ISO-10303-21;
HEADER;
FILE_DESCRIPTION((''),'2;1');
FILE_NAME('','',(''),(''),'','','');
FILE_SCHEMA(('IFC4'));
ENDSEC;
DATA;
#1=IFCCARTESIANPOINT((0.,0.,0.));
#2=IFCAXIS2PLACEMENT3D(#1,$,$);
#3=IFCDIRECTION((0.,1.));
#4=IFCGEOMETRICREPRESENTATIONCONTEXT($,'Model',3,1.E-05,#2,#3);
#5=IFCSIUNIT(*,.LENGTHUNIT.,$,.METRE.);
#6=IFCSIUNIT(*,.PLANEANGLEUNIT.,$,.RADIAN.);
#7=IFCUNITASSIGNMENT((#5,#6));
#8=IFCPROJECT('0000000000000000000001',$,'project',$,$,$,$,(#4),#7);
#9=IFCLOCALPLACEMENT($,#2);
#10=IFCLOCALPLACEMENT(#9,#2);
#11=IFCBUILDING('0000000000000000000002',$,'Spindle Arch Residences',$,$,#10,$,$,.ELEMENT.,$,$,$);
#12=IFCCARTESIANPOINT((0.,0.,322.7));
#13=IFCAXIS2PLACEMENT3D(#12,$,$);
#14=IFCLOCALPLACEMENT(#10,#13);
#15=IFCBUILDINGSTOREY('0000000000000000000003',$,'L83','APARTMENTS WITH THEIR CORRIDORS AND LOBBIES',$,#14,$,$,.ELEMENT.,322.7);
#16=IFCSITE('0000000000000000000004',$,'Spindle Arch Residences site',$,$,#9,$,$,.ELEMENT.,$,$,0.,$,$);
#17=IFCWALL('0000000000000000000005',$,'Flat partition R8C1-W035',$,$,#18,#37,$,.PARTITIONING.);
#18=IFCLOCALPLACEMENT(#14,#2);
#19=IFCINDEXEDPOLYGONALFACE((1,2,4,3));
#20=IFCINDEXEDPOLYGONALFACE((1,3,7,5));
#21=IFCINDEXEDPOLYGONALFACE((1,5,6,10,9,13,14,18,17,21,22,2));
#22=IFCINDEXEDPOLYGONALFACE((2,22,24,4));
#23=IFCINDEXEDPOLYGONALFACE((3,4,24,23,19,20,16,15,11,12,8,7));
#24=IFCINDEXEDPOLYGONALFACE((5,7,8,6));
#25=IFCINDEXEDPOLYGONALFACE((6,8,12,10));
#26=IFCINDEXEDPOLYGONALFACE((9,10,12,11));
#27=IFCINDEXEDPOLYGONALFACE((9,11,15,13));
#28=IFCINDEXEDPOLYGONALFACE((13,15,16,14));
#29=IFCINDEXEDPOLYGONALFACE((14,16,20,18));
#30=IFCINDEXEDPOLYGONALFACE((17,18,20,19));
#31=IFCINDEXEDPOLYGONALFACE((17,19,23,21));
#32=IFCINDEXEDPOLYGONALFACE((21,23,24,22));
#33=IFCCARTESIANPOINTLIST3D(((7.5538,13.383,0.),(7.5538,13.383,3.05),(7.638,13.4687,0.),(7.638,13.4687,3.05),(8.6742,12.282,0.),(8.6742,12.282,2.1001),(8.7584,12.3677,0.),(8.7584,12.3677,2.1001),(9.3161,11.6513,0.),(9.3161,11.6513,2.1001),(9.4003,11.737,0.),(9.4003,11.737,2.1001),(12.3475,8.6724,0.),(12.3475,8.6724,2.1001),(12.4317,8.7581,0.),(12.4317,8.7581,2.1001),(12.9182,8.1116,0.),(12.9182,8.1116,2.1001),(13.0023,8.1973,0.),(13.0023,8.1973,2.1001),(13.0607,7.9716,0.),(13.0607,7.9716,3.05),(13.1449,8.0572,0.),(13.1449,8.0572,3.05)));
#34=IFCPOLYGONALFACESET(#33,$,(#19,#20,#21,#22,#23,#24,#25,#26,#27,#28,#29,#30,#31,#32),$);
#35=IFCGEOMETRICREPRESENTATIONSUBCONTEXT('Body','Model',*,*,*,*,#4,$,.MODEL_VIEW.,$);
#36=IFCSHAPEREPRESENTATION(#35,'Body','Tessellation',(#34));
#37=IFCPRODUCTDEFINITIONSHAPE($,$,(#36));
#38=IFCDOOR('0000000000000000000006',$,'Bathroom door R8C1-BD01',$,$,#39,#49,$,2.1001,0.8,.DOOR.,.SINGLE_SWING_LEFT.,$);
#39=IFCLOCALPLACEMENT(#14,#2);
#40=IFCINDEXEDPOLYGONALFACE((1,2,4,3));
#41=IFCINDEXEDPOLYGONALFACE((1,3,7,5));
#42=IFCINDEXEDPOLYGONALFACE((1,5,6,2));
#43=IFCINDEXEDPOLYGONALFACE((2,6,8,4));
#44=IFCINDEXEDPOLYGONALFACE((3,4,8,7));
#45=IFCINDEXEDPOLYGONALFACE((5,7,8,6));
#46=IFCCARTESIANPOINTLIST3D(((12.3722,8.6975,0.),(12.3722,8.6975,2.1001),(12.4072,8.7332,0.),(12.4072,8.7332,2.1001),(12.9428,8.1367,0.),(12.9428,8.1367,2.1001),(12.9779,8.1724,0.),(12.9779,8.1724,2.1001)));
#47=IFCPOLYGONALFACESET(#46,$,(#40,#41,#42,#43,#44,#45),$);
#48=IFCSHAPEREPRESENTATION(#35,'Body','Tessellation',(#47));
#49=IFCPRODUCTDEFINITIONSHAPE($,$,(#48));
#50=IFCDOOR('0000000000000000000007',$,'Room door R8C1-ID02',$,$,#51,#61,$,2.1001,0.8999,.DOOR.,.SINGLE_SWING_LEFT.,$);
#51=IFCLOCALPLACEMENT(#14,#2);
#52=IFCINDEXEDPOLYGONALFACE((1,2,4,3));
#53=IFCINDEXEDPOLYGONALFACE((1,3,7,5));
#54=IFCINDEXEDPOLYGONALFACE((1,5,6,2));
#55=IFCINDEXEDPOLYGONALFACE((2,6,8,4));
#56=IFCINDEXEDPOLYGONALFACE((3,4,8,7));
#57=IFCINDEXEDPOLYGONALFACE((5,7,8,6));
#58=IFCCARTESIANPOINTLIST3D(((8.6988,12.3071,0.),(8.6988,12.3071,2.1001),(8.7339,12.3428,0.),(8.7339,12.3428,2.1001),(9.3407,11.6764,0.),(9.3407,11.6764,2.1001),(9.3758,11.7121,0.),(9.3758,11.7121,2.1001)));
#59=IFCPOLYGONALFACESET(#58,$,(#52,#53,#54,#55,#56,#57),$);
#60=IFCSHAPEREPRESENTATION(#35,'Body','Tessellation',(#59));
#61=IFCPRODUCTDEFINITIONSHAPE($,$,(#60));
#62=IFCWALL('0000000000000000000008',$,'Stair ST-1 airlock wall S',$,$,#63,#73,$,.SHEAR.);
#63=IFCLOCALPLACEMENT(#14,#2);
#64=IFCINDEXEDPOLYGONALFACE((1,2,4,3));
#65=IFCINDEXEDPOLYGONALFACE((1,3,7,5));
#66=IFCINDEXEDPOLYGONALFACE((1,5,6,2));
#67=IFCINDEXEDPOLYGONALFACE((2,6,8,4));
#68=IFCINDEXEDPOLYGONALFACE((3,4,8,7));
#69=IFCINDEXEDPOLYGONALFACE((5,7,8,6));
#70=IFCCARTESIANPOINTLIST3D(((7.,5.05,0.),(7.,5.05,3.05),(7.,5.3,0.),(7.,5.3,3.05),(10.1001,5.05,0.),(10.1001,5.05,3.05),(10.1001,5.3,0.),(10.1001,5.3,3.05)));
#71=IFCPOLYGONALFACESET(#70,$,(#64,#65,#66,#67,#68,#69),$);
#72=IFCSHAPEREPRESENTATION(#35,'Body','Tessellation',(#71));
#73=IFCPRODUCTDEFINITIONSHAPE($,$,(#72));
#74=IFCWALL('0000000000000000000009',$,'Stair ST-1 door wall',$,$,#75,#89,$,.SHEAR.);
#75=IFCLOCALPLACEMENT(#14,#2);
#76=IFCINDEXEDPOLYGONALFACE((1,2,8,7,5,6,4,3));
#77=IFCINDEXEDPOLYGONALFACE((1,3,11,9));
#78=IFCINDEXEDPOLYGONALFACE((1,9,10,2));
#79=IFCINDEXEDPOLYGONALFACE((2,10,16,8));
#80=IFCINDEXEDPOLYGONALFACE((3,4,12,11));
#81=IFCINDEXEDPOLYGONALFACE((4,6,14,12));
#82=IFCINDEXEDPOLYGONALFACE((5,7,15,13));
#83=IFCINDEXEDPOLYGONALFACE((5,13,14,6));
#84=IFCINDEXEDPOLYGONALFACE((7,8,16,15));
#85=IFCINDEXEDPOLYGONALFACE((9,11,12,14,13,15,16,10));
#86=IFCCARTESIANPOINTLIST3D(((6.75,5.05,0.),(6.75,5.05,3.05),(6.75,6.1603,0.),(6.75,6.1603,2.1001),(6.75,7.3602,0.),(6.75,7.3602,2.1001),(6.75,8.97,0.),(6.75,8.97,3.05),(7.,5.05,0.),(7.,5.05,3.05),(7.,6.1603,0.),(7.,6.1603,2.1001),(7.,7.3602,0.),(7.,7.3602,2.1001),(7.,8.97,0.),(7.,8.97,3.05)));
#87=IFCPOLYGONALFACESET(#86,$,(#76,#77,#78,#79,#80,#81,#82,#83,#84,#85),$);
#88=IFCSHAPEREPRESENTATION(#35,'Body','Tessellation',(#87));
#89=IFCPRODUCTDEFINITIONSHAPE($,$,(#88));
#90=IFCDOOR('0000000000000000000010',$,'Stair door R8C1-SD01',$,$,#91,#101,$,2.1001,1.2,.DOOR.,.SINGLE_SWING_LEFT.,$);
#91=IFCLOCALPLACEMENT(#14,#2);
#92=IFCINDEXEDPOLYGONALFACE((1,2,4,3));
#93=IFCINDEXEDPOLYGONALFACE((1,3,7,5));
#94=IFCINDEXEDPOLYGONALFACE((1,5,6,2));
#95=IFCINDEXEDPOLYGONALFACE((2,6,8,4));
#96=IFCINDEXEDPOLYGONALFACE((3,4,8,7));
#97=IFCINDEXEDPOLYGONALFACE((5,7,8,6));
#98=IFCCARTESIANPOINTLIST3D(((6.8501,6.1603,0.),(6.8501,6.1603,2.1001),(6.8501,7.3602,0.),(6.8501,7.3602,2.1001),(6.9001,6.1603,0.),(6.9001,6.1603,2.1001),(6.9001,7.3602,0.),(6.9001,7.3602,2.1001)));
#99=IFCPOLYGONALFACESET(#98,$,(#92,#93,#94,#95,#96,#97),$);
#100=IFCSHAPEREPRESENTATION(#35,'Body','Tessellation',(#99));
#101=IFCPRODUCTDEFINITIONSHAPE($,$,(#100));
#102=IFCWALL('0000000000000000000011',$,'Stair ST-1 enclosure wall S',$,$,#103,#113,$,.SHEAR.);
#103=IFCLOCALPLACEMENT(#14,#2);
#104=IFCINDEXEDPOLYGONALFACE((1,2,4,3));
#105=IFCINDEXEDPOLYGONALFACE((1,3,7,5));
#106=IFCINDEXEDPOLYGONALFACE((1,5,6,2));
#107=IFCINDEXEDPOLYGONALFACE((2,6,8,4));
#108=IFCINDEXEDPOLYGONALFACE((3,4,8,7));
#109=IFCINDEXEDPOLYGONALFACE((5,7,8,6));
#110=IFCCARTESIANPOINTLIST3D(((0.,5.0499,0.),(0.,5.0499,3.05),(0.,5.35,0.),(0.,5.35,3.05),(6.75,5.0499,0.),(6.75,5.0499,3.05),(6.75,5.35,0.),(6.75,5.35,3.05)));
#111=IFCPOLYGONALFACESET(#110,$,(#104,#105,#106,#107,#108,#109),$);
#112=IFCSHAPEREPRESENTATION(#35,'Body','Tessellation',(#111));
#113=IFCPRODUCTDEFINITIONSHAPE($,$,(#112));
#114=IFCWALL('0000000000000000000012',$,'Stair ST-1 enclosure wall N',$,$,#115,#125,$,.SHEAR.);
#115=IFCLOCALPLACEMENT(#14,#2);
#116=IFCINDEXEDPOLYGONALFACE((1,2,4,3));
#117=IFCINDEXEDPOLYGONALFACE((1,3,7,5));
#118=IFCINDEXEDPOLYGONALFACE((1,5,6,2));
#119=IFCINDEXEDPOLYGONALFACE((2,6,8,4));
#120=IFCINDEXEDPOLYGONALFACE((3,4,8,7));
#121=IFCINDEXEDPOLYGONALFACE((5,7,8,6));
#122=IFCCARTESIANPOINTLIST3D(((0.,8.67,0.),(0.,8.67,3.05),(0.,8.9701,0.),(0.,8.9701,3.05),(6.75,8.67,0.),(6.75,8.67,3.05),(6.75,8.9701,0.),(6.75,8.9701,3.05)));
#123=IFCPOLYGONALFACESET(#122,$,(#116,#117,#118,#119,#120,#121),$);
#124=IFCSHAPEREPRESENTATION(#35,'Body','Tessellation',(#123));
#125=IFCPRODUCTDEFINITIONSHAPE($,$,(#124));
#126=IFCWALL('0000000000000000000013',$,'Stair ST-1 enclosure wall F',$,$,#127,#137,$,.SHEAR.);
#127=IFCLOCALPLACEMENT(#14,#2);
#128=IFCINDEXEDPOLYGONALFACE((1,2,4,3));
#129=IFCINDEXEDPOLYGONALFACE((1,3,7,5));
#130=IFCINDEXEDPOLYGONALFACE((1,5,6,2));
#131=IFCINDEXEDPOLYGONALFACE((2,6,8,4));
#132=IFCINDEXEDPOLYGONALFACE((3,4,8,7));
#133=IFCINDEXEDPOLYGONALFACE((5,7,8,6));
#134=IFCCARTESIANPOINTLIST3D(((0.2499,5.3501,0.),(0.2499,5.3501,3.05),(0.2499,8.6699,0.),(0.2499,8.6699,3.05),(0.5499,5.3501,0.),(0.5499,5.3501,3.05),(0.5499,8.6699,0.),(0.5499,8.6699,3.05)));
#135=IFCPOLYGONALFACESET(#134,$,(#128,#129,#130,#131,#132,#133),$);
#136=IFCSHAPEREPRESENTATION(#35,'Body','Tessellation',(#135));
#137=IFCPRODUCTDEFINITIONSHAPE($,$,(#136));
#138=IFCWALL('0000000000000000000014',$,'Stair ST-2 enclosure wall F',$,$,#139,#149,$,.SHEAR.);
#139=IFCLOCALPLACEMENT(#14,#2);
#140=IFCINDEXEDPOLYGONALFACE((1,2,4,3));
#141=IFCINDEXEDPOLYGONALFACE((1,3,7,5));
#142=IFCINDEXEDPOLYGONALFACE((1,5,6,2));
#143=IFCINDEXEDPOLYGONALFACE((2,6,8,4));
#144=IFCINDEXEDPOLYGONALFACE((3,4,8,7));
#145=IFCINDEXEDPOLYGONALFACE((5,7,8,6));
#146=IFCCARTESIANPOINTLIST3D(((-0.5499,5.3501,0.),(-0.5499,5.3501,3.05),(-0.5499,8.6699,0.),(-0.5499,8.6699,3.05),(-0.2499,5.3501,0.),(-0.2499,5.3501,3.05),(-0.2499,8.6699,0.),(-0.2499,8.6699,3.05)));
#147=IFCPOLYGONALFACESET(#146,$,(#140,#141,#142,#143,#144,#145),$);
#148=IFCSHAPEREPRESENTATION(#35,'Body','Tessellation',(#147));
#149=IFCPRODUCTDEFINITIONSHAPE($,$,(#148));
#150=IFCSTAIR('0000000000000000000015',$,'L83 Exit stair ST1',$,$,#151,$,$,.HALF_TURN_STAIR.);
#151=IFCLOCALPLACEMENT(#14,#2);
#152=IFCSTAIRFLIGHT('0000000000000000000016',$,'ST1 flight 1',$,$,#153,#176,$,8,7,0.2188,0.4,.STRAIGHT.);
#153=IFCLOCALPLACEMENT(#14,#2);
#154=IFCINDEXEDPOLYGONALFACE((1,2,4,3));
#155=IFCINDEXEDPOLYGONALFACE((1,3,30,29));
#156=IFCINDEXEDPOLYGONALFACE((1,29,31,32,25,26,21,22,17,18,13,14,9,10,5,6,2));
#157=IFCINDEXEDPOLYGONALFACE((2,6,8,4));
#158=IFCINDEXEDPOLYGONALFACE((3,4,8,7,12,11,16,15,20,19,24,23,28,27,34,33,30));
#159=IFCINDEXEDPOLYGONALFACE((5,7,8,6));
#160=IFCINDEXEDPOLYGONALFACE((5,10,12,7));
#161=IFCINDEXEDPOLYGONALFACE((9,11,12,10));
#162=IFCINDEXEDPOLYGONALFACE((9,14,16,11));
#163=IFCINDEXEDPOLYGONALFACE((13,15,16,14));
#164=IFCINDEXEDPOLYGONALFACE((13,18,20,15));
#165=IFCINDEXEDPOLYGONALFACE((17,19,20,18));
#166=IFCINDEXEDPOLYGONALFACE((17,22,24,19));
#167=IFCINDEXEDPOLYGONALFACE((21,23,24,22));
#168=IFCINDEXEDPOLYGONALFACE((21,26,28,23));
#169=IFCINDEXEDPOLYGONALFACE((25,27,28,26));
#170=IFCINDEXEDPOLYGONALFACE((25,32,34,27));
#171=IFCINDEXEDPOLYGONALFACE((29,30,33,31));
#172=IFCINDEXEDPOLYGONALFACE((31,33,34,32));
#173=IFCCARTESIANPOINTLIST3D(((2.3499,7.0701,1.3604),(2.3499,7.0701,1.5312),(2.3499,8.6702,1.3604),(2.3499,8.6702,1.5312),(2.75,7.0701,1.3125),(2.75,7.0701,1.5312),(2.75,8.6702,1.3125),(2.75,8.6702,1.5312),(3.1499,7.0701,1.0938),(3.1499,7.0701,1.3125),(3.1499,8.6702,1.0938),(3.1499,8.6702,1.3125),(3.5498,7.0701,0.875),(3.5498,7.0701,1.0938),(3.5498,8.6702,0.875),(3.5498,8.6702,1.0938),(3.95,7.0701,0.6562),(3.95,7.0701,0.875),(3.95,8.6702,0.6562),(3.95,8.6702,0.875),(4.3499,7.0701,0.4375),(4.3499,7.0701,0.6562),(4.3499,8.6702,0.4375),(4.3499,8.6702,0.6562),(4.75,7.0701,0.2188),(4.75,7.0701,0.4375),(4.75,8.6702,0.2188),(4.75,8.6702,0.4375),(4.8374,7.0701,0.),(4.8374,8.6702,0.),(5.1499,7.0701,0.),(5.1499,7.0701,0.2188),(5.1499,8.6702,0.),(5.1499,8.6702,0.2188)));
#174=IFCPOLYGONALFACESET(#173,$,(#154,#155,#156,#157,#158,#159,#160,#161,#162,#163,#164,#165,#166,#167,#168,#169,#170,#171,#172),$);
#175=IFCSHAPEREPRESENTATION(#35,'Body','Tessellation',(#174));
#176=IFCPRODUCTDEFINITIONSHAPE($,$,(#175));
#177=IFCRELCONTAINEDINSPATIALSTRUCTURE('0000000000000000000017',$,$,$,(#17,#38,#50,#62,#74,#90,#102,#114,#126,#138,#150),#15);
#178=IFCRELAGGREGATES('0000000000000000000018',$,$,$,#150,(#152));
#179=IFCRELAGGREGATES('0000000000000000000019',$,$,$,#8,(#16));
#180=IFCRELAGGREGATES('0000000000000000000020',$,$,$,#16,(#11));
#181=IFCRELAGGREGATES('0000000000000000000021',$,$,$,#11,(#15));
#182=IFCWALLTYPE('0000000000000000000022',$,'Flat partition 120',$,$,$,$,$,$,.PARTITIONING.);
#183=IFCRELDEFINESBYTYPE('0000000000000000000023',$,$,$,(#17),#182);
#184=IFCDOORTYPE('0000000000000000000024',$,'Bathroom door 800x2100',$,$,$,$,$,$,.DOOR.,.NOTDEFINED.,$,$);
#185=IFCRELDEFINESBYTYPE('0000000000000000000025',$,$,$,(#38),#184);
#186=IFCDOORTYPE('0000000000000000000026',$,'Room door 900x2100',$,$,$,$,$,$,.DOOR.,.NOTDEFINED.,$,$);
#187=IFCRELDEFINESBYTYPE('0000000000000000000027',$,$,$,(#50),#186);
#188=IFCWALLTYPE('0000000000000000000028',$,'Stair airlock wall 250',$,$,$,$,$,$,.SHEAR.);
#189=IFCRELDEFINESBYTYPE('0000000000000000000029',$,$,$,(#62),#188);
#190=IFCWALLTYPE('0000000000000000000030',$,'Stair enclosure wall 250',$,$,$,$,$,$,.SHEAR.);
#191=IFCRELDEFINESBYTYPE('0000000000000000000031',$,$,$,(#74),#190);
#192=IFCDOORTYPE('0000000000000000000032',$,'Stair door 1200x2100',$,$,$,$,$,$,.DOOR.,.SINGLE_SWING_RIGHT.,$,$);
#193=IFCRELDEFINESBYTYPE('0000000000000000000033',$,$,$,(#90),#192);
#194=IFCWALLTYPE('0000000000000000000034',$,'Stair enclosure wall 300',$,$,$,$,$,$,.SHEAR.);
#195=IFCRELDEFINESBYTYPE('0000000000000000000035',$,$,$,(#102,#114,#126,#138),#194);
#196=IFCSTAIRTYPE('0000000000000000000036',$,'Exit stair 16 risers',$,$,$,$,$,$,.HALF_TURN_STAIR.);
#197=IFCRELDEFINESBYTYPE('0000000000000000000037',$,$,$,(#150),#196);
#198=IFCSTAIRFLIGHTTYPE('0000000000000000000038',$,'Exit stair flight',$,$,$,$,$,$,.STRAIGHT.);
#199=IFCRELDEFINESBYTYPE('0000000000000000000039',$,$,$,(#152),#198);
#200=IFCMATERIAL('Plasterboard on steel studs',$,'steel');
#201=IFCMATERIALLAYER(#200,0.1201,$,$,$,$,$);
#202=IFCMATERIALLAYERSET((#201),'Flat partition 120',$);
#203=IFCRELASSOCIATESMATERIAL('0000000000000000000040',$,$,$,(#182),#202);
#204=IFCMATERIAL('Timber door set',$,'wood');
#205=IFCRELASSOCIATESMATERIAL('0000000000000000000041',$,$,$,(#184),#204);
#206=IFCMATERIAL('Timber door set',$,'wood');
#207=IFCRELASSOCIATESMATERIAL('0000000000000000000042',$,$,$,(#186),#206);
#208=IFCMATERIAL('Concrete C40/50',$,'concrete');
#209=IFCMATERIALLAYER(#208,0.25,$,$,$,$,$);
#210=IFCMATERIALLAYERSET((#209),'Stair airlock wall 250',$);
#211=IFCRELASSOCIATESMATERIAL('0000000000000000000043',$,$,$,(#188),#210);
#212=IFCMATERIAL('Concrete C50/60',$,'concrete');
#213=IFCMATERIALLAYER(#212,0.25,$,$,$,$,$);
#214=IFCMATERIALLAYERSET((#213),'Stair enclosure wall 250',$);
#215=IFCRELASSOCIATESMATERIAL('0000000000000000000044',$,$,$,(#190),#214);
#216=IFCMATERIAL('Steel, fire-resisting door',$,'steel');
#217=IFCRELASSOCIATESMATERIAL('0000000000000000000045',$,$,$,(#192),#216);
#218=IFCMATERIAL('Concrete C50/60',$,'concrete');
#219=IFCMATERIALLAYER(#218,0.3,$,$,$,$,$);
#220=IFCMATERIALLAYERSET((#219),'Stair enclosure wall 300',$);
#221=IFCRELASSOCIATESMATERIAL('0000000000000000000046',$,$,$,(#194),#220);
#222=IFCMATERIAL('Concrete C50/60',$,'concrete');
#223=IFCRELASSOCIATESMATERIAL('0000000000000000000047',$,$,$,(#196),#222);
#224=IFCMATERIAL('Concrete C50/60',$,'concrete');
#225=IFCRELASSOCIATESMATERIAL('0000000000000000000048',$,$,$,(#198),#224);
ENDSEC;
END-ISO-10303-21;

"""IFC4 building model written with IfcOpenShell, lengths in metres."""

from ifc_helpers import new_model, si_unit, direction, frame, frame_2d, origin, place, context, subcontext, project, spatial, polyline, rectangle, outline, extrude, material, layer, layer_set, type_object, element, fill, aggregate, save


model = new_model("IFC4")

# Units and contexts
model_context = context("Model", 3, precision=1e-05, world=origin(), true_north=direction((0.0, 1.0)))
body_context = subcontext(model_context, "Body", "Model", "MODEL_VIEW")
ifc_project = project(units=[si_unit("LENGTHUNIT", "METRE"), si_unit("PLANEANGLEUNIT", "RADIAN")], contexts=[model_context])

# Site, building, storey
site_placement = place(None, origin())
site = spatial("IfcSite", under=ifc_project, at=site_placement, Name="Spindle Arch Residences site", CompositionType="ELEMENT", RefElevation=0.0)
building_placement = place(site_placement, origin())
building = spatial("IfcBuilding", under=site, at=building_placement, Name="Spindle Arch Residences", CompositionType="ELEMENT")
storey_placement = place(building_placement, frame((0.0, 0.0, 322.7)))
storey = spatial("IfcBuildingStorey", under=building, at=storey_placement, Name="L83", Description="APARTMENTS WITH THEIR CORRIDORS AND LOBBIES", CompositionType="ELEMENT", Elevation=322.7)

# Shared definitions
ifc_material_1 = material(Name="Plasterboard on steel studs", Category="steel")
ifc_layer_1 = layer(ifc_material_1, 0.1201)
ifc_layer_set_1 = layer_set([ifc_layer_1], Name="Flat partition 120")
wall_type_1 = type_object("IfcWallType", Name="Flat partition 120", PredefinedType="PARTITIONING", material=ifc_layer_set_1)

# Wall, openings, doors
wall_1_placement = place(storey_placement, frame((13.1028, 8.0144, 0.0), z_axis=(0.0, 0.0, 1.0), x_axis=(-0.713262, 0.700898, 0.0)))
wall_1 = element("IfcWall", 1, at=wall_1_placement, inside=storey, type_object=wall_type_1, Name="Flat partition R8C1-W035", PredefinedType="PARTITIONING", context=body_context, shape_type="SweptSolid", body=[
    extrude(rectangle(XDim=7.7207, YDim=0.1201, at=frame_2d((3.8604, 0.0))), origin(), (0.0, 0.0, 1.0), 3.05),
])
opening_1_placement = place(wall_1_placement, frame((0.2, 0.0, 0.0)))
opening_1 = element("IfcOpeningElement", 2, at=opening_1_placement, cuts=wall_1, PredefinedType="OPENING", context=body_context, shape_type="SweptSolid", body=[
    extrude(rectangle(XDim=0.8, YDim=2.1001, at=frame_2d((0.3999, 1.05))), frame((0.0, 0.0701, 0.0), z_axis=(0.0, -1.0, 0.0), x_axis=(1.0, 0.0, 0.0)), (0.0, 0.0, 1.0), 0.1401),
])
opening_2_placement = place(wall_1_placement, frame((5.25, 0.0, 0.0)))
opening_2 = element("IfcOpeningElement", 3, at=opening_2_placement, cuts=wall_1, PredefinedType="OPENING", context=body_context, shape_type="SweptSolid", body=[
    extrude(rectangle(XDim=0.8999, YDim=2.1001, at=frame_2d((0.45, 1.05))), frame((0.0, 0.0701, 0.0), z_axis=(0.0, -1.0, 0.0), x_axis=(1.0, 0.0, 0.0)), (0.0, 0.0, 1.0), 0.1401),
])
ifc_material_2 = material(Name="Timber door set", Category="wood")
door_type_1 = type_object("IfcDoorType", Name="Bathroom door 800x2100", OperationType="NOTDEFINED", PredefinedType="DOOR", material=ifc_material_2)
door_1_placement = place(opening_1_placement, origin())
door_1 = element("IfcDoor", 4, at=door_1_placement, inside=storey, type_object=door_type_1, Name="Bathroom door R8C1-BD01", OperationType="SINGLE_SWING_LEFT", OverallHeight=2.1001, OverallWidth=0.8, PredefinedType="DOOR", context=body_context, shape_type="SweptSolid", body=[
    extrude(rectangle(XDim=0.8, YDim=2.1001, at=frame_2d((0.3999, 1.05))), frame((0.0, 0.0249, 0.0), z_axis=(0.0, -1.0, 0.0), x_axis=(1.0, 0.0, 0.0)), (0.0, 0.0, 1.0), 0.05),
])
fill(opening_1, door_1)
ifc_material_3 = material(Name="Timber door set", Category="wood")
door_type_2 = type_object("IfcDoorType", Name="Room door 900x2100", OperationType="NOTDEFINED", PredefinedType="DOOR", material=ifc_material_3)
door_2_placement = place(opening_2_placement, origin())
door_2 = element("IfcDoor", 5, at=door_2_placement, inside=storey, type_object=door_type_2, Name="Room door R8C1-ID02", OperationType="SINGLE_SWING_LEFT", OverallHeight=2.1001, OverallWidth=0.8999, PredefinedType="DOOR", context=body_context, shape_type="SweptSolid", body=[
    extrude(rectangle(XDim=0.8999, YDim=2.1001, at=frame_2d((0.45, 1.05))), frame((0.0, 0.0249, 0.0), z_axis=(0.0, -1.0, 0.0), x_axis=(1.0, 0.0, 0.0)), (0.0, 0.0, 1.0), 0.05),
])
fill(opening_2, door_2)

# Wall
ifc_material_4 = material(Name="Concrete C40/50", Category="concrete")
ifc_layer_2 = layer(ifc_material_4, 0.25)
ifc_layer_set_2 = layer_set([ifc_layer_2], Name="Stair airlock wall 250")
wall_type_2 = type_object("IfcWallType", Name="Stair airlock wall 250", PredefinedType="SHEAR", material=ifc_layer_set_2)
wall_2_placement = place(storey_placement, frame((7.0, 5.175, 0.0), z_axis=(0.0, 0.0, 1.0), x_axis=(1.0, 0.0, 0.0)))
element("IfcWall", 6, at=wall_2_placement, inside=storey, type_object=wall_type_2, Name="Stair ST-1 airlock wall S", PredefinedType="SHEAR", context=body_context, shape_type="SweptSolid", body=[
    extrude(rectangle(XDim=3.1001, YDim=0.25, at=frame_2d((1.55, 0.0))), origin(), (0.0, 0.0, 1.0), 3.05),
])

# Wall, opening, door
ifc_material_5 = material(Name="Concrete C50/60", Category="concrete")
ifc_layer_3 = layer(ifc_material_5, 0.25)
ifc_layer_set_3 = layer_set([ifc_layer_3], Name="Stair enclosure wall 250")
wall_type_3 = type_object("IfcWallType", Name="Stair enclosure wall 250", PredefinedType="SHEAR", material=ifc_layer_set_3)
wall_3_placement = place(storey_placement, frame((6.875, 5.05, 0.0), z_axis=(0.0, 0.0, 1.0), x_axis=(0.0, 1.0, 0.0)))
wall_3 = element("IfcWall", 7, at=wall_3_placement, inside=storey, type_object=wall_type_3, Name="Stair ST-1 door wall", PredefinedType="SHEAR", context=body_context, shape_type="SweptSolid", body=[
    extrude(rectangle(XDim=3.9199, YDim=0.25, at=frame_2d((1.96, 0.0))), origin(), (0.0, 0.0, 1.0), 3.05),
])
opening_3_placement = place(wall_3_placement, frame((1.1101, 0.0, 0.0)))
opening_3 = element("IfcOpeningElement", 8, at=opening_3_placement, cuts=wall_3, PredefinedType="OPENING", context=body_context, shape_type="SweptSolid", body=[
    extrude(rectangle(XDim=1.2, YDim=2.1001, at=frame_2d((0.6001, 1.05))), frame((0.0, 0.135, 0.0), z_axis=(0.0, -1.0, 0.0), x_axis=(1.0, 0.0, 0.0)), (0.0, 0.0, 1.0), 0.27),
])
ifc_material_6 = material(Name="Steel, fire-resisting door", Category="steel")
door_type_3 = type_object("IfcDoorType", Name="Stair door 1200x2100", OperationType="SINGLE_SWING_RIGHT", PredefinedType="DOOR", material=ifc_material_6)
door_3_placement = place(opening_3_placement, origin())
door_3 = element("IfcDoor", 9, at=door_3_placement, inside=storey, type_object=door_type_3, Name="Stair door R8C1-SD01", OperationType="SINGLE_SWING_LEFT", OverallHeight=2.1001, OverallWidth=1.2, PredefinedType="DOOR", context=body_context, shape_type="SweptSolid", body=[
    extrude(rectangle(XDim=1.2, YDim=2.1001, at=frame_2d((0.6001, 1.05))), frame((0.0, 0.0249, 0.0), z_axis=(0.0, -1.0, 0.0), x_axis=(1.0, 0.0, 0.0)), (0.0, 0.0, 1.0), 0.05),
])
fill(opening_3, door_3)

# Walls
ifc_material_7 = material(Name="Concrete C50/60", Category="concrete")
ifc_layer_4 = layer(ifc_material_7, 0.3)
ifc_layer_set_4 = layer_set([ifc_layer_4], Name="Stair enclosure wall 300")
wall_type_4 = type_object("IfcWallType", Name="Stair enclosure wall 300", PredefinedType="SHEAR", material=ifc_layer_set_4)
for number, where, z_axis, x_axis, name in (
    (10, (0.0, 5.2, 0.0), (0.0, 0.0, 1.0), (1.0, 0.0, 0.0), "Stair ST-1 enclosure wall S"),
    (11, (0.0, 8.8201, 0.0), (0.0, 0.0, 1.0), (1.0, 0.0, 0.0), "Stair ST-1 enclosure wall N"),
):
    element("IfcWall", number, at=place(storey_placement, frame(where, z_axis=z_axis, x_axis=x_axis)), inside=storey, type_object=wall_type_4, Name=name, PredefinedType="SHEAR", context=body_context, shape_type="SweptSolid", body=[
        extrude(rectangle(XDim=6.75, YDim=0.3, at=frame_2d((3.375, 0.0))), origin(), (0.0, 0.0, 1.0), 3.05),
    ])
for number, where, z_axis, x_axis, name in (
    (12, (0.3999, 5.3501, 0.0), (0.0, 0.0, 1.0), (0.0, 1.0, 0.0), "Stair ST-1 enclosure wall F"),
    (13, (-0.3999, 5.3501, 0.0), (0.0, 0.0, 1.0), (0.0, 1.0, 0.0), "Stair ST-2 enclosure wall F"),
):
    element("IfcWall", number, at=place(storey_placement, frame(where, z_axis=z_axis, x_axis=x_axis)), inside=storey, type_object=wall_type_4, Name=name, PredefinedType="SHEAR", context=body_context, shape_type="SweptSolid", body=[
        extrude(rectangle(XDim=3.3198, YDim=0.3, at=frame_2d((1.6599, 0.0))), origin(), (0.0, 0.0, 1.0), 3.05),
    ])

# Stair, stair flight
ifc_material_8 = material(Name="Concrete C50/60", Category="concrete")
stair_type = type_object("IfcStairType", Name="Exit stair 16 risers", PredefinedType="HALF_TURN_STAIR", material=ifc_material_8)
stair_placement = place(storey_placement, origin())
stair = element("IfcStair", 14, at=stair_placement, inside=storey, type_object=stair_type, Name="L83 Exit stair ST1", PredefinedType="HALF_TURN_STAIR")
ifc_material_9 = material(Name="Concrete C50/60", Category="concrete")
stair_flight_type = type_object("IfcStairFlightType", Name="Exit stair flight", PredefinedType="STRAIGHT", material=ifc_material_9)
stair_flight_1_placement = place(storey_placement, frame((5.1499, 7.8701, 0.0), z_axis=(0.0, 0.0, 1.0), x_axis=(-1.0, 0.0, 0.0)))
stair_flight_1 = element("IfcStairFlight", 15, at=stair_flight_1_placement, type_object=stair_flight_type, Name="ST1 flight 1", NumberOfRisers=8, NumberOfTreads=7, PredefinedType="STRAIGHT", RiserHeight=0.2188, TreadLength=0.4, context=body_context, shape_type="SweptSolid", body=[
    extrude(outline(polyline([(0.0, 0.0), (0.0, 0.2188), (0.3999, 0.2188), (0.3999, 0.4375), (0.8, 0.4375), (0.8, 0.6562), (1.2, 0.6562), (1.2, 0.875), (1.6001, 0.875), (1.6001, 1.0938), (2.0, 1.0938), (2.0, 1.3125), (2.3999, 1.3125), (2.3999, 1.5312), (2.8, 1.5312), (2.8, 1.75), (2.8, 1.3604), (0.3125, 0.0), (0.0, 0.0)])), frame((0.0, 0.8, 0.0), z_axis=(0.0, -1.0, 0.0), x_axis=(1.0, 0.0, 0.0)), (0.0, 0.0, 1.0), 1.6001),
])
aggregate(stair, [stair_flight_1])

save(model, "model.ifc")
